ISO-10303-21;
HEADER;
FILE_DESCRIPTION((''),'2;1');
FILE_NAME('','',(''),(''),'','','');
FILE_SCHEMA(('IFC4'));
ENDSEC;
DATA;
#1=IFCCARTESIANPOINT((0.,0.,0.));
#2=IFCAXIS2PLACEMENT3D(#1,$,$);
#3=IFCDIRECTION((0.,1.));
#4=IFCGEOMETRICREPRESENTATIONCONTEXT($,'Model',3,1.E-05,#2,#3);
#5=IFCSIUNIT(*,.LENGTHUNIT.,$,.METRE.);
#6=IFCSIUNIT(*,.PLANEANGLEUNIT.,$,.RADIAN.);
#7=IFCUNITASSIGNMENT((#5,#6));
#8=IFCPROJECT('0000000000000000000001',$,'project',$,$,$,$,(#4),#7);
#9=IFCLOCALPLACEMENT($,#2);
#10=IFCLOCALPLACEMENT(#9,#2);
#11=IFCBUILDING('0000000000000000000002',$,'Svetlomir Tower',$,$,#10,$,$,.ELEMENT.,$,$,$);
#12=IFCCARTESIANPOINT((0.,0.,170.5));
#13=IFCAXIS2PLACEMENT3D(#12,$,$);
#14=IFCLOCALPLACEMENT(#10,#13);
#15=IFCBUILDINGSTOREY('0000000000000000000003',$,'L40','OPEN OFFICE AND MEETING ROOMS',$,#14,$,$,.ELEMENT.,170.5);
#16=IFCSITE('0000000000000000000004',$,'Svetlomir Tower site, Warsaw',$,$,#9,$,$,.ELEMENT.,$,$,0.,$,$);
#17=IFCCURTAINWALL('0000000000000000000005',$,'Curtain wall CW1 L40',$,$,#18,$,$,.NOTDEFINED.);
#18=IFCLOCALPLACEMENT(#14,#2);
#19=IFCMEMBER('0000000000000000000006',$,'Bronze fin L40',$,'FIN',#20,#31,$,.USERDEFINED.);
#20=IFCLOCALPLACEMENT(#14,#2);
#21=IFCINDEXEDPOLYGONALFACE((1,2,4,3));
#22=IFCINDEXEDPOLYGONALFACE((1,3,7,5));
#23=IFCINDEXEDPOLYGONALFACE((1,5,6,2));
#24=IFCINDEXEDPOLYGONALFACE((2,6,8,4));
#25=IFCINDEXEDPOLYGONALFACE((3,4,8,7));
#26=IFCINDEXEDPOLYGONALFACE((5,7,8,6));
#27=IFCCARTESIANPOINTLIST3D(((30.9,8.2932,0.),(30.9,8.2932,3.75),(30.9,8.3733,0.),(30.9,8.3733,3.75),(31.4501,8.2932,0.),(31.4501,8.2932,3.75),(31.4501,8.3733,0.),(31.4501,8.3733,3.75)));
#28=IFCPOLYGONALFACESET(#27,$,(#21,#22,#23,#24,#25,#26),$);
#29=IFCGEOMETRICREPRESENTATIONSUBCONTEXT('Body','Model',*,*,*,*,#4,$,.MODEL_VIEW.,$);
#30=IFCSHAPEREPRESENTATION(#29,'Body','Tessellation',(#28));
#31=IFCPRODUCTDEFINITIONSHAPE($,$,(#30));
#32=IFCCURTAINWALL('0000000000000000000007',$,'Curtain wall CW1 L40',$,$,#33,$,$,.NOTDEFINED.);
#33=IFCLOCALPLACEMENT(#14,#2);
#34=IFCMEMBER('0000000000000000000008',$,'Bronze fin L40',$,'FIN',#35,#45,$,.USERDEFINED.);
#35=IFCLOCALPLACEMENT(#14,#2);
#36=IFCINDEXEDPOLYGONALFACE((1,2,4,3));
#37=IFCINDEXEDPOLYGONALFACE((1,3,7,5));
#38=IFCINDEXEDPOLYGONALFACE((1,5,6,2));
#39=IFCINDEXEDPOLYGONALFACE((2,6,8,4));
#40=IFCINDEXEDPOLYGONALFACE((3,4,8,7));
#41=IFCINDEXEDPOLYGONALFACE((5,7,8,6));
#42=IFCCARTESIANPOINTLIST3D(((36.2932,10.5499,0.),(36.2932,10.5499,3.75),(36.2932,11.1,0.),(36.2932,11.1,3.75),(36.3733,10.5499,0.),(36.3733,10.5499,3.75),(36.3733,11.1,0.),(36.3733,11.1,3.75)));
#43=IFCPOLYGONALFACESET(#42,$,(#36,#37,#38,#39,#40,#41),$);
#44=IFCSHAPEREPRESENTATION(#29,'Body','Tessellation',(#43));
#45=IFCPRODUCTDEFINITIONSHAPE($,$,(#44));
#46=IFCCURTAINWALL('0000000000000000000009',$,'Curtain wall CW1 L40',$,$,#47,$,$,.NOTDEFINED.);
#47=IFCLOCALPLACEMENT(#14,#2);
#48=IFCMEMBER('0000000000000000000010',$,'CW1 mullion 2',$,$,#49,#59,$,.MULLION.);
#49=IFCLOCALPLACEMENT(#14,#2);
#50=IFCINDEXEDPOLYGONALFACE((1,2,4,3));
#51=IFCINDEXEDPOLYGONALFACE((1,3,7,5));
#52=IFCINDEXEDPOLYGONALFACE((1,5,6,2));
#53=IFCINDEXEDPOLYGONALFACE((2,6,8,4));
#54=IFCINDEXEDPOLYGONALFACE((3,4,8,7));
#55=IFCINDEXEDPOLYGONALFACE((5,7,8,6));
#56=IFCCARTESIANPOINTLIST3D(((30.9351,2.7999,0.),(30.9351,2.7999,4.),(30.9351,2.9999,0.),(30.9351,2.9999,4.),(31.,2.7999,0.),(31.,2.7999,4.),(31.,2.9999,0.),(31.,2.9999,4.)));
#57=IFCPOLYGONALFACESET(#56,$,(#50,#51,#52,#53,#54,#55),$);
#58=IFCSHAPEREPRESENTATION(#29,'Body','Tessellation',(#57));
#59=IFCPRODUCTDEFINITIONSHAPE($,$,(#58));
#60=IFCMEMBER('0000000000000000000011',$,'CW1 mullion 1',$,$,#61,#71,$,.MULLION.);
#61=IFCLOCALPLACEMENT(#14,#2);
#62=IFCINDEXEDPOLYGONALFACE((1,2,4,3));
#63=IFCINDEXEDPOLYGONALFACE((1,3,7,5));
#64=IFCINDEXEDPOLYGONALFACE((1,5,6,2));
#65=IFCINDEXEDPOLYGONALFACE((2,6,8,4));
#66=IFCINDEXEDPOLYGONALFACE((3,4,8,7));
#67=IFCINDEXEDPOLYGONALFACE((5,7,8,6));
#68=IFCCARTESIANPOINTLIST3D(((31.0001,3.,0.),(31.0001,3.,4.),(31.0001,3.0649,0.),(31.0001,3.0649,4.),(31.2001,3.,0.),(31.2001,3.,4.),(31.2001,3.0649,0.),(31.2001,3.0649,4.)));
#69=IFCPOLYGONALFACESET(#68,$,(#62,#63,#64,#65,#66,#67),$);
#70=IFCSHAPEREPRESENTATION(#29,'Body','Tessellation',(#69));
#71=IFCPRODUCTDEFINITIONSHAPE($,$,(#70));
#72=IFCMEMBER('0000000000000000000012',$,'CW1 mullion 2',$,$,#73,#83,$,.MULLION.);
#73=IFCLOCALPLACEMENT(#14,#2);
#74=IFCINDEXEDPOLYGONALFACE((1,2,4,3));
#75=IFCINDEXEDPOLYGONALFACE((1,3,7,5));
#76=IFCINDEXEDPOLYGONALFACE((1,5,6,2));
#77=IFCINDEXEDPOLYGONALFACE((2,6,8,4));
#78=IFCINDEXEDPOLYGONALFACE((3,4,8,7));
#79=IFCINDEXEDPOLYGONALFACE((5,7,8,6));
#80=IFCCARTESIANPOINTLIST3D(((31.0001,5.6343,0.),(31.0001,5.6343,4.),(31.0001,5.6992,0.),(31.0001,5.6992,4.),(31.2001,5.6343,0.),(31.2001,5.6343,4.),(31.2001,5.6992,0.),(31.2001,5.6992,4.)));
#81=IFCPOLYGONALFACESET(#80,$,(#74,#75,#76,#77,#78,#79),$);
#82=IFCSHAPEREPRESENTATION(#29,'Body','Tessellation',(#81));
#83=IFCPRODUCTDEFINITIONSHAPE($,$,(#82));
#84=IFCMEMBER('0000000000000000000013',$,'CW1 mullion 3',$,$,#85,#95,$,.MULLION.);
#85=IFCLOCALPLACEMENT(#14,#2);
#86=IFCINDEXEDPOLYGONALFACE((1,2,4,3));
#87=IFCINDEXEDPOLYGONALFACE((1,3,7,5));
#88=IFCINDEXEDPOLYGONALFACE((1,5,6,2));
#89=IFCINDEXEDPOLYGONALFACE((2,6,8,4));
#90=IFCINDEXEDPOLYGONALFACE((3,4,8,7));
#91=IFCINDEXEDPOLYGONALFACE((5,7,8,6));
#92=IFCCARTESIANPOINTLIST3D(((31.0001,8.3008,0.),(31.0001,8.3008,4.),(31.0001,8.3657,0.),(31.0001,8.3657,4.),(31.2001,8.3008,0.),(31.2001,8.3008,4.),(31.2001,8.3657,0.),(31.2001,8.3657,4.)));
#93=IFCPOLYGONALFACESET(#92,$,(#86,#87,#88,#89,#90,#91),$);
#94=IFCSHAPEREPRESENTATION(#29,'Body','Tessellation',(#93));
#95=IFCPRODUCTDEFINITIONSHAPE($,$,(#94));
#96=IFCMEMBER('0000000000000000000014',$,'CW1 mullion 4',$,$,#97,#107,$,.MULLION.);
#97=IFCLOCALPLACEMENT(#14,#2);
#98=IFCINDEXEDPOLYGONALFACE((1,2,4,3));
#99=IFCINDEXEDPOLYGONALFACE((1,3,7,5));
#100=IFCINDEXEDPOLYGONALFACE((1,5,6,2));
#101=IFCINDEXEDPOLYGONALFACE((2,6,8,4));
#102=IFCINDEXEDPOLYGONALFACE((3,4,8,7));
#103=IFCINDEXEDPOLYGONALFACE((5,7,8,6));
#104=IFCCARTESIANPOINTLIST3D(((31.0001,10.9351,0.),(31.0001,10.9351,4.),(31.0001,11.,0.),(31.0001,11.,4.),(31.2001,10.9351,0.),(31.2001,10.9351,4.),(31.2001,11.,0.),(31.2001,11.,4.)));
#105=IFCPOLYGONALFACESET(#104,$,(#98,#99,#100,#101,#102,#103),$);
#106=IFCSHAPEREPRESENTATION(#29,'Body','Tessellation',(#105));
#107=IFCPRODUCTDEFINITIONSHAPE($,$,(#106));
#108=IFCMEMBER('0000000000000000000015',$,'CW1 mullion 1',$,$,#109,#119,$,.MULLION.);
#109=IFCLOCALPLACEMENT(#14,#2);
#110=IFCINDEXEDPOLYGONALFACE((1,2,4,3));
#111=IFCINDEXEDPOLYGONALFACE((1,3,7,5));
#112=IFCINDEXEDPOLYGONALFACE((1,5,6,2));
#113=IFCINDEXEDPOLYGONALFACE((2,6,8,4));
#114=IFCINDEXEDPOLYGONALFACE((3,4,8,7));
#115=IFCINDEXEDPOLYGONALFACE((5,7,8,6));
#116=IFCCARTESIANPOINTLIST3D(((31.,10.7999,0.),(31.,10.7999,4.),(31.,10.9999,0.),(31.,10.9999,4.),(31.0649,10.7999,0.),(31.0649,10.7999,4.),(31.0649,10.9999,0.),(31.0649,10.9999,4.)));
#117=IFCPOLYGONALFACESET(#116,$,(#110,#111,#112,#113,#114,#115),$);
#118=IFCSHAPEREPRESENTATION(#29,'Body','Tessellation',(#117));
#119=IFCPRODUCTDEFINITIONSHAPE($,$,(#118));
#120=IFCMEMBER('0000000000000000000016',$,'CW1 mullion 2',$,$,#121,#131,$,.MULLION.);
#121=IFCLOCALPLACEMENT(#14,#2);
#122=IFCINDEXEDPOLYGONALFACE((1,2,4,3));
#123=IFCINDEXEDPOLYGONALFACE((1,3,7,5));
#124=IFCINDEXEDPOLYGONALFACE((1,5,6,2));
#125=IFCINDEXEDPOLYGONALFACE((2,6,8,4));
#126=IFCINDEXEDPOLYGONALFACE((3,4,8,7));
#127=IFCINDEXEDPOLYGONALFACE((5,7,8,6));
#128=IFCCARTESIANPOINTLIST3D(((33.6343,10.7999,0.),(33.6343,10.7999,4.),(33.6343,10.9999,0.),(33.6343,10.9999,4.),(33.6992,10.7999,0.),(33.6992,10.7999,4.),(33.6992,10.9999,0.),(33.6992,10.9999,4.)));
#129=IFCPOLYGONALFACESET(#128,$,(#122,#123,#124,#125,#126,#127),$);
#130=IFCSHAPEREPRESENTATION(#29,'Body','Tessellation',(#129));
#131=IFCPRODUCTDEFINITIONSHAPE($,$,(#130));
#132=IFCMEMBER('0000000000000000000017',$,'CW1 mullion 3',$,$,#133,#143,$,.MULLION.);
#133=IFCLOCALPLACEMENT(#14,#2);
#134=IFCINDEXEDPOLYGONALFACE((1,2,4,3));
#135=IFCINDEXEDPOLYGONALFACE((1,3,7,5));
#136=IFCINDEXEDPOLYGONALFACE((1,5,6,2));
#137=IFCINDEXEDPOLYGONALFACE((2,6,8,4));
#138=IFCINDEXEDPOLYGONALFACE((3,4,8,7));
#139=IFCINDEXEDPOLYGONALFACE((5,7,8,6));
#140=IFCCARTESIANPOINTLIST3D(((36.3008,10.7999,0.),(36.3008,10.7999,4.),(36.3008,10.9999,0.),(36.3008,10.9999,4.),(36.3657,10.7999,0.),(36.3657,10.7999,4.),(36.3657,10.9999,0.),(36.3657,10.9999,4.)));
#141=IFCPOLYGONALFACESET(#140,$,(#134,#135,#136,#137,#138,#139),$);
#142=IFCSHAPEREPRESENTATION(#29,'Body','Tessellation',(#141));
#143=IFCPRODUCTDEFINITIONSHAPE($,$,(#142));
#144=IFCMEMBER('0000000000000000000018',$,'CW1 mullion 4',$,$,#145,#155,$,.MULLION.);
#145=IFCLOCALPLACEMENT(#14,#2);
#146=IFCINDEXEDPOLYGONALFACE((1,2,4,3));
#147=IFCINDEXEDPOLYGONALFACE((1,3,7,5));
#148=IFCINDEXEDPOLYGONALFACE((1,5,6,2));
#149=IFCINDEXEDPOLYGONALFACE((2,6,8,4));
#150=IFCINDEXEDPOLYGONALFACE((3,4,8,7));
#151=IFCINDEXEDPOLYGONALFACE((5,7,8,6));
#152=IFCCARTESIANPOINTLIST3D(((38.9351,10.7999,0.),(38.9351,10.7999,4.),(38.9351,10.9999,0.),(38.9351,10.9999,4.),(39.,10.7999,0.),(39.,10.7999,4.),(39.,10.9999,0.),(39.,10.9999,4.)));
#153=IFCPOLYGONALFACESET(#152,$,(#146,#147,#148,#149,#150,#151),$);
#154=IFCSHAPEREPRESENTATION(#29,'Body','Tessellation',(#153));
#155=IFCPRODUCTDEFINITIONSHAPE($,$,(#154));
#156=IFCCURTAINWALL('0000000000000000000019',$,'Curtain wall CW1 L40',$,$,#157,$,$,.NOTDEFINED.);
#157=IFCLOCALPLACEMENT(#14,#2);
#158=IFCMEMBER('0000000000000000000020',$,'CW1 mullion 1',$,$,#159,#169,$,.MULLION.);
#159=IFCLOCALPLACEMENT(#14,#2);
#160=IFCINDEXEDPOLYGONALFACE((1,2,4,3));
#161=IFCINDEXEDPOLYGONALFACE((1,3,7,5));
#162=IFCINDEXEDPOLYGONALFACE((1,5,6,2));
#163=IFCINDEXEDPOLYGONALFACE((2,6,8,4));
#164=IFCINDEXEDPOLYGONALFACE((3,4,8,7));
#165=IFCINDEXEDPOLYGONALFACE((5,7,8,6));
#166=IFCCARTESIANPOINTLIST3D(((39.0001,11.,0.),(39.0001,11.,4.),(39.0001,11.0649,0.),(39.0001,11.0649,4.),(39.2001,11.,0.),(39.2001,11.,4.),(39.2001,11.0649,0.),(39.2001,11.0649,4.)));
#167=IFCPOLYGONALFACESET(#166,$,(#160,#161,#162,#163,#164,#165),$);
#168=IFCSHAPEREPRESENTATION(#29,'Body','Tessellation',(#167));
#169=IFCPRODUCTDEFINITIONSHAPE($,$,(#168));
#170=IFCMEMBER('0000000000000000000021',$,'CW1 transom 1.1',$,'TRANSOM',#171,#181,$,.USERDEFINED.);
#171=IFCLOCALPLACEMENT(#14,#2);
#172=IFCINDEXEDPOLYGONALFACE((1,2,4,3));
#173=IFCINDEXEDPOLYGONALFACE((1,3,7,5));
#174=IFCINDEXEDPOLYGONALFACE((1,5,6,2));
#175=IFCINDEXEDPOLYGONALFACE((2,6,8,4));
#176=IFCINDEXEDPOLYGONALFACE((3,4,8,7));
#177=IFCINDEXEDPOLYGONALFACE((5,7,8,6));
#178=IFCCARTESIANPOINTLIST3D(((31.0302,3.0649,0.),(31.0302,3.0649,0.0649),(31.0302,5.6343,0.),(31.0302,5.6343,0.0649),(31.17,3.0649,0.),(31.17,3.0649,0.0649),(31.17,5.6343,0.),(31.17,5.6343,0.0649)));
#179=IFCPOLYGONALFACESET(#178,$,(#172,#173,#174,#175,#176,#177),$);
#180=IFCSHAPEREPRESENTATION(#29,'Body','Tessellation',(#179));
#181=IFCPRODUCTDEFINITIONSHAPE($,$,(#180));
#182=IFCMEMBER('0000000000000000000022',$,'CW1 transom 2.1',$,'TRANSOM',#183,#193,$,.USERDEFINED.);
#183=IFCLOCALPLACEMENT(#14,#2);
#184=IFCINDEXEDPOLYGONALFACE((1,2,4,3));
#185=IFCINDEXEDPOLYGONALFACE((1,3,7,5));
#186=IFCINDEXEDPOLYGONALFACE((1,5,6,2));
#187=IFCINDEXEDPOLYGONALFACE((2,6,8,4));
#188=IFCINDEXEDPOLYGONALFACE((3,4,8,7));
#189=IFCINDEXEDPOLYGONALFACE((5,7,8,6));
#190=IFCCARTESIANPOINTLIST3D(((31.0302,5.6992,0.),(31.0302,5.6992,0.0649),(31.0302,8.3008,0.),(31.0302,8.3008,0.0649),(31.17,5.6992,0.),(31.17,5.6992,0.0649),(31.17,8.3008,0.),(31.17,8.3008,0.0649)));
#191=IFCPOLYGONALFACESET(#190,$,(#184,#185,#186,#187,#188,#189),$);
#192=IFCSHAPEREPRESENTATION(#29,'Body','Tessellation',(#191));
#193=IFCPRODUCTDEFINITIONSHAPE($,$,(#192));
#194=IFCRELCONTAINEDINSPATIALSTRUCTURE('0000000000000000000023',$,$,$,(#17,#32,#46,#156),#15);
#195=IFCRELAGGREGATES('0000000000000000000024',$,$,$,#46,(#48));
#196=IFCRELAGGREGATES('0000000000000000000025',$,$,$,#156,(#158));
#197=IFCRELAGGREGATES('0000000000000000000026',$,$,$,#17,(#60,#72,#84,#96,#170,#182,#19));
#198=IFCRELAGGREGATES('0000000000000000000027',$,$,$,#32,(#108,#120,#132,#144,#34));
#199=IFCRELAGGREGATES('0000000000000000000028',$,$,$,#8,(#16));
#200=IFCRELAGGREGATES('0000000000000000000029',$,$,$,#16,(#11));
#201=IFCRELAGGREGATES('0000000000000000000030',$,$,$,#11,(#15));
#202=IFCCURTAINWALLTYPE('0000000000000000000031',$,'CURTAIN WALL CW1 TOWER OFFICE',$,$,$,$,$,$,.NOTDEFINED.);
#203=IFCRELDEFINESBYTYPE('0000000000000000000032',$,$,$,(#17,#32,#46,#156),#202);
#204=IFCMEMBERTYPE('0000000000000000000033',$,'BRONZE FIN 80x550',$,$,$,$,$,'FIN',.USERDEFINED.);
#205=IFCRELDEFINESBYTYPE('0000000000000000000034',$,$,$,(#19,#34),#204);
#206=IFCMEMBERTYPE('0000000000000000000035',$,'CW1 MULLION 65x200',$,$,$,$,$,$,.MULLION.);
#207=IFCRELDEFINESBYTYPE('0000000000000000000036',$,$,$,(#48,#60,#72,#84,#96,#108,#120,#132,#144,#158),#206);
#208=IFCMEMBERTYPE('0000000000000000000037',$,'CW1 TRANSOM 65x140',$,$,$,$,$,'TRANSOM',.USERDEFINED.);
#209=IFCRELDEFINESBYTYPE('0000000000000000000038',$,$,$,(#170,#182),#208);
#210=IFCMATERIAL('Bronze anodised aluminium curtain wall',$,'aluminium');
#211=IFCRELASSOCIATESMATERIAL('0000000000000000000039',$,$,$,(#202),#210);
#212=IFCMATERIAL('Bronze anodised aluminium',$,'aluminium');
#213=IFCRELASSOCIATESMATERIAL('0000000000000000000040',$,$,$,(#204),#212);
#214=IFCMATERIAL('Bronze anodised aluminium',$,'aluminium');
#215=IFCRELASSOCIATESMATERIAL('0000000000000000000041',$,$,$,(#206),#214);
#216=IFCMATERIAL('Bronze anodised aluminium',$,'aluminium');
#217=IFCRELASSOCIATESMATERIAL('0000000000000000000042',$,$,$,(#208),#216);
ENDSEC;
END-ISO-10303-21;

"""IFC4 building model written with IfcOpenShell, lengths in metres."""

from ifc_helpers import new_model, si_unit, direction, frame, origin, origin_2d, place, context, subcontext, project, spatial, rectangle, extrude, material, material_profile, profile_set, type_object, element, aggregate, save


model = new_model("IFC4")

# Units and contexts
model_context = context("Model", 3, precision=1e-05, world=origin(), true_north=direction((0.0, 1.0)))
body_context = subcontext(model_context, "Body", "Model", "MODEL_VIEW")
ifc_project = project(units=[si_unit("LENGTHUNIT", "METRE"), si_unit("PLANEANGLEUNIT", "RADIAN")], contexts=[model_context])

# Site, building, storey
site_placement = place(None, origin())
site = spatial("IfcSite", under=ifc_project, at=site_placement, Name="Svetlomir Tower site, Warsaw", CompositionType="ELEMENT", RefElevation=0.0)
building_placement = place(site_placement, origin())
building = spatial("IfcBuilding", under=site, at=building_placement, Name="Svetlomir Tower", CompositionType="ELEMENT")
storey_placement = place(building_placement, frame((0.0, 0.0, 170.5)))
storey = spatial("IfcBuildingStorey", under=building, at=storey_placement, Name="L40", Description="OPEN OFFICE AND MEETING ROOMS", CompositionType="ELEMENT", Elevation=170.5)

# Curtain walls, members
ifc_material_1 = material(Name="Bronze anodised aluminium curtain wall", Category="aluminium")
curtain_wall_type = type_object("IfcCurtainWallType", Name="CURTAIN WALL CW1 TOWER OFFICE", PredefinedType="NOTDEFINED", material=ifc_material_1)
curtain_wall_1_placement = place(storey_placement, origin())
curtain_wall_1 = element("IfcCurtainWall", 1, at=curtain_wall_1_placement, inside=storey, type_object=curtain_wall_type, Name="Curtain wall CW1 L40", PredefinedType="NOTDEFINED")
ifc_material_2 = material(Name="Bronze anodised aluminium", Category="aluminium")
ifc_material_profile_1 = material_profile(ifc_material_2, rectangle(XDim=0.0801, YDim=0.55, at=origin_2d()), Name="FIN 80x550")
ifc_profile_set_1 = profile_set([ifc_material_profile_1], Name="Bronze anodised aluminium 6063-T6")
member_type_1 = type_object("IfcMemberType", Name="BRONZE FIN 80x550", ElementType="FIN", PredefinedType="USERDEFINED", material=ifc_profile_set_1)
member_1_placement = place(storey_placement, frame((31.175, 8.3333, 0.0), z_axis=(0.0, 0.0, 1.0), x_axis=(0.0, 1.0, 0.0)))
member_1 = element("IfcMember", 2, at=member_1_placement, type_object=member_type_1, Name="Bronze fin L40", ObjectType="FIN", PredefinedType="USERDEFINED", context=body_context, shape_type="SweptSolid", body=[
    extrude(rectangle(XDim=0.0801, YDim=0.55, at=origin_2d()), origin(), (0.0, 0.0, 1.0), 3.75),
])
curtain_wall_2_placement = place(storey_placement, origin())
curtain_wall_2 = element("IfcCurtainWall", 3, at=curtain_wall_2_placement, inside=storey, type_object=curtain_wall_type, Name="Curtain wall CW1 L40", PredefinedType="NOTDEFINED")
member_2_placement = place(storey_placement, frame((36.3333, 10.825, 0.0), z_axis=(0.0, 0.0, 1.0), x_axis=(1.0, 0.0, 0.0)))
member_2 = element("IfcMember", 4, at=member_2_placement, type_object=member_type_1, Name="Bronze fin L40", ObjectType="FIN", PredefinedType="USERDEFINED", context=body_context, shape_type="SweptSolid", body=[
    extrude(rectangle(XDim=0.0801, YDim=0.55, at=origin_2d()), origin(), (0.0, 0.0, 1.0), 3.75),
])
curtain_wall_3_placement = place(storey_placement, origin())
curtain_wall_3 = element("IfcCurtainWall", 5, at=curtain_wall_3_placement, inside=storey, type_object=curtain_wall_type, Name="Curtain wall CW1 L40", PredefinedType="NOTDEFINED")
ifc_material_3 = material(Name="Bronze anodised aluminium", Category="aluminium")
ifc_material_profile_2 = material_profile(ifc_material_3, rectangle(XDim=0.0649, YDim=0.2, at=origin_2d()), Name="AL 65x200")
ifc_profile_set_2 = profile_set([ifc_material_profile_2], Name="Bronze anodised aluminium 6063-T6")
member_type_2 = type_object("IfcMemberType", Name="CW1 MULLION 65x200", PredefinedType="MULLION", material=ifc_profile_set_2)
member_3_placement = place(storey_placement, frame((30.9675, 2.8999, 0.0), z_axis=(0.0, 0.0, 1.0), x_axis=(1.0, 0.0, 0.0)))
member_3 = element("IfcMember", 6, at=member_3_placement, type_object=member_type_2, Name="CW1 mullion 2", PredefinedType="MULLION", context=body_context, shape_type="SweptSolid", body=[
    extrude(rectangle(XDim=0.0649, YDim=0.2, at=origin_2d()), origin(), (0.0, 0.0, 1.0), 4.0),
])
aggregate(curtain_wall_3, [member_3])

# Members
member_4_placement = place(storey_placement, frame((31.1001, 3.0325, 0.0), z_axis=(0.0, 0.0, 1.0), x_axis=(0.0, 1.0, 0.0)))
member_4 = element("IfcMember", 7, at=member_4_placement, type_object=member_type_2, Name="CW1 mullion 1", PredefinedType="MULLION", context=body_context, shape_type="SweptSolid", body=[
    extrude(rectangle(XDim=0.0649, YDim=0.2, at=origin_2d()), origin(), (0.0, 0.0, 1.0), 4.0),
])
member_5_placement = place(storey_placement, frame((31.1001, 5.6667, 0.0), z_axis=(0.0, 0.0, 1.0), x_axis=(0.0, 1.0, 0.0)))
member_5 = element("IfcMember", 8, at=member_5_placement, type_object=member_type_2, Name="CW1 mullion 2", PredefinedType="MULLION", context=body_context, shape_type="SweptSolid", body=[
    extrude(rectangle(XDim=0.0649, YDim=0.2, at=origin_2d()), origin(), (0.0, 0.0, 1.0), 4.0),
])
member_6_placement = place(storey_placement, frame((31.1001, 8.3333, 0.0), z_axis=(0.0, 0.0, 1.0), x_axis=(0.0, 1.0, 0.0)))
member_6 = element("IfcMember", 9, at=member_6_placement, type_object=member_type_2, Name="CW1 mullion 3", PredefinedType="MULLION", context=body_context, shape_type="SweptSolid", body=[
    extrude(rectangle(XDim=0.0649, YDim=0.2, at=origin_2d()), origin(), (0.0, 0.0, 1.0), 4.0),
])
member_7_placement = place(storey_placement, frame((31.1001, 10.9675, 0.0), z_axis=(0.0, 0.0, 1.0), x_axis=(0.0, 1.0, 0.0)))
member_7 = element("IfcMember", 10, at=member_7_placement, type_object=member_type_2, Name="CW1 mullion 4", PredefinedType="MULLION", context=body_context, shape_type="SweptSolid", body=[
    extrude(rectangle(XDim=0.0649, YDim=0.2, at=origin_2d()), origin(), (0.0, 0.0, 1.0), 4.0),
])
member_8_placement = place(storey_placement, frame((31.0325, 10.8999, 0.0), z_axis=(0.0, 0.0, 1.0), x_axis=(1.0, 0.0, 0.0)))
member_8 = element("IfcMember", 11, at=member_8_placement, type_object=member_type_2, Name="CW1 mullion 1", PredefinedType="MULLION", context=body_context, shape_type="SweptSolid", body=[
    extrude(rectangle(XDim=0.0649, YDim=0.2, at=origin_2d()), origin(), (0.0, 0.0, 1.0), 4.0),
])
member_9_placement = place(storey_placement, frame((33.6667, 10.8999, 0.0), z_axis=(0.0, 0.0, 1.0), x_axis=(1.0, 0.0, 0.0)))
member_9 = element("IfcMember", 12, at=member_9_placement, type_object=member_type_2, Name="CW1 mullion 2", PredefinedType="MULLION", context=body_context, shape_type="SweptSolid", body=[
    extrude(rectangle(XDim=0.0649, YDim=0.2, at=origin_2d()), origin(), (0.0, 0.0, 1.0), 4.0),
])
member_10_placement = place(storey_placement, frame((36.3333, 10.8999, 0.0), z_axis=(0.0, 0.0, 1.0), x_axis=(1.0, 0.0, 0.0)))
member_10 = element("IfcMember", 13, at=member_10_placement, type_object=member_type_2, Name="CW1 mullion 3", PredefinedType="MULLION", context=body_context, shape_type="SweptSolid", body=[
    extrude(rectangle(XDim=0.0649, YDim=0.2, at=origin_2d()), origin(), (0.0, 0.0, 1.0), 4.0),
])
member_11_placement = place(storey_placement, frame((38.9675, 10.8999, 0.0), z_axis=(0.0, 0.0, 1.0), x_axis=(1.0, 0.0, 0.0)))
member_11 = element("IfcMember", 14, at=member_11_placement, type_object=member_type_2, Name="CW1 mullion 4", PredefinedType="MULLION", context=body_context, shape_type="SweptSolid", body=[
    extrude(rectangle(XDim=0.0649, YDim=0.2, at=origin_2d()), origin(), (0.0, 0.0, 1.0), 4.0),
])

# Curtain wall, member
curtain_wall_4_placement = place(storey_placement, origin())
curtain_wall_4 = element("IfcCurtainWall", 15, at=curtain_wall_4_placement, inside=storey, type_object=curtain_wall_type, Name="Curtain wall CW1 L40", PredefinedType="NOTDEFINED")
member_12_placement = place(storey_placement, frame((39.1001, 11.0325, 0.0), z_axis=(0.0, 0.0, 1.0), x_axis=(0.0, 1.0, 0.0)))
member_12 = element("IfcMember", 16, at=member_12_placement, type_object=member_type_2, Name="CW1 mullion 1", PredefinedType="MULLION", context=body_context, shape_type="SweptSolid", body=[
    extrude(rectangle(XDim=0.0649, YDim=0.2, at=origin_2d()), origin(), (0.0, 0.0, 1.0), 4.0),
])
aggregate(curtain_wall_4, [member_12])

# Members
ifc_material_4 = material(Name="Bronze anodised aluminium", Category="aluminium")
ifc_material_profile_3 = material_profile(ifc_material_4, rectangle(XDim=0.1399, YDim=0.0649, at=origin_2d()), Name="AL 140x65")
ifc_profile_set_3 = profile_set([ifc_material_profile_3], Name="Bronze anodised aluminium 6063-T6")
member_type_3 = type_object("IfcMemberType", Name="CW1 TRANSOM 65x140", ElementType="TRANSOM", PredefinedType="USERDEFINED", material=ifc_profile_set_3)
member_13_placement = place(storey_placement, frame((31.1001, 3.0649, 0.0325), z_axis=(0.0, 1.0, 0.0), x_axis=(-1.0, 0.0, 0.0)))
member_13 = element("IfcMember", 17, at=member_13_placement, type_object=member_type_3, Name="CW1 transom 1.1", ObjectType="TRANSOM", PredefinedType="USERDEFINED", context=body_context, shape_type="SweptSolid", body=[
    extrude(rectangle(XDim=0.1399, YDim=0.0649, at=origin_2d()), origin(), (0.0, 0.0, 1.0), 2.5693),
])
member_14_placement = place(storey_placement, frame((31.1001, 5.6992, 0.0325), z_axis=(0.0, 1.0, 0.0), x_axis=(-1.0, 0.0, 0.0)))
member_14 = element("IfcMember", 18, at=member_14_placement, type_object=member_type_3, Name="CW1 transom 2.1", ObjectType="TRANSOM", PredefinedType="USERDEFINED", context=body_context, shape_type="SweptSolid", body=[
    extrude(rectangle(XDim=0.1399, YDim=0.0649, at=origin_2d()), origin(), (0.0, 0.0, 1.0), 2.6016),
])

aggregate(curtain_wall_1, [member_4, member_5, member_6, member_7, member_13, member_14, member_1])
aggregate(curtain_wall_2, [member_8, member_9, member_10, member_11, member_2])

save(model, "model.ifc")
